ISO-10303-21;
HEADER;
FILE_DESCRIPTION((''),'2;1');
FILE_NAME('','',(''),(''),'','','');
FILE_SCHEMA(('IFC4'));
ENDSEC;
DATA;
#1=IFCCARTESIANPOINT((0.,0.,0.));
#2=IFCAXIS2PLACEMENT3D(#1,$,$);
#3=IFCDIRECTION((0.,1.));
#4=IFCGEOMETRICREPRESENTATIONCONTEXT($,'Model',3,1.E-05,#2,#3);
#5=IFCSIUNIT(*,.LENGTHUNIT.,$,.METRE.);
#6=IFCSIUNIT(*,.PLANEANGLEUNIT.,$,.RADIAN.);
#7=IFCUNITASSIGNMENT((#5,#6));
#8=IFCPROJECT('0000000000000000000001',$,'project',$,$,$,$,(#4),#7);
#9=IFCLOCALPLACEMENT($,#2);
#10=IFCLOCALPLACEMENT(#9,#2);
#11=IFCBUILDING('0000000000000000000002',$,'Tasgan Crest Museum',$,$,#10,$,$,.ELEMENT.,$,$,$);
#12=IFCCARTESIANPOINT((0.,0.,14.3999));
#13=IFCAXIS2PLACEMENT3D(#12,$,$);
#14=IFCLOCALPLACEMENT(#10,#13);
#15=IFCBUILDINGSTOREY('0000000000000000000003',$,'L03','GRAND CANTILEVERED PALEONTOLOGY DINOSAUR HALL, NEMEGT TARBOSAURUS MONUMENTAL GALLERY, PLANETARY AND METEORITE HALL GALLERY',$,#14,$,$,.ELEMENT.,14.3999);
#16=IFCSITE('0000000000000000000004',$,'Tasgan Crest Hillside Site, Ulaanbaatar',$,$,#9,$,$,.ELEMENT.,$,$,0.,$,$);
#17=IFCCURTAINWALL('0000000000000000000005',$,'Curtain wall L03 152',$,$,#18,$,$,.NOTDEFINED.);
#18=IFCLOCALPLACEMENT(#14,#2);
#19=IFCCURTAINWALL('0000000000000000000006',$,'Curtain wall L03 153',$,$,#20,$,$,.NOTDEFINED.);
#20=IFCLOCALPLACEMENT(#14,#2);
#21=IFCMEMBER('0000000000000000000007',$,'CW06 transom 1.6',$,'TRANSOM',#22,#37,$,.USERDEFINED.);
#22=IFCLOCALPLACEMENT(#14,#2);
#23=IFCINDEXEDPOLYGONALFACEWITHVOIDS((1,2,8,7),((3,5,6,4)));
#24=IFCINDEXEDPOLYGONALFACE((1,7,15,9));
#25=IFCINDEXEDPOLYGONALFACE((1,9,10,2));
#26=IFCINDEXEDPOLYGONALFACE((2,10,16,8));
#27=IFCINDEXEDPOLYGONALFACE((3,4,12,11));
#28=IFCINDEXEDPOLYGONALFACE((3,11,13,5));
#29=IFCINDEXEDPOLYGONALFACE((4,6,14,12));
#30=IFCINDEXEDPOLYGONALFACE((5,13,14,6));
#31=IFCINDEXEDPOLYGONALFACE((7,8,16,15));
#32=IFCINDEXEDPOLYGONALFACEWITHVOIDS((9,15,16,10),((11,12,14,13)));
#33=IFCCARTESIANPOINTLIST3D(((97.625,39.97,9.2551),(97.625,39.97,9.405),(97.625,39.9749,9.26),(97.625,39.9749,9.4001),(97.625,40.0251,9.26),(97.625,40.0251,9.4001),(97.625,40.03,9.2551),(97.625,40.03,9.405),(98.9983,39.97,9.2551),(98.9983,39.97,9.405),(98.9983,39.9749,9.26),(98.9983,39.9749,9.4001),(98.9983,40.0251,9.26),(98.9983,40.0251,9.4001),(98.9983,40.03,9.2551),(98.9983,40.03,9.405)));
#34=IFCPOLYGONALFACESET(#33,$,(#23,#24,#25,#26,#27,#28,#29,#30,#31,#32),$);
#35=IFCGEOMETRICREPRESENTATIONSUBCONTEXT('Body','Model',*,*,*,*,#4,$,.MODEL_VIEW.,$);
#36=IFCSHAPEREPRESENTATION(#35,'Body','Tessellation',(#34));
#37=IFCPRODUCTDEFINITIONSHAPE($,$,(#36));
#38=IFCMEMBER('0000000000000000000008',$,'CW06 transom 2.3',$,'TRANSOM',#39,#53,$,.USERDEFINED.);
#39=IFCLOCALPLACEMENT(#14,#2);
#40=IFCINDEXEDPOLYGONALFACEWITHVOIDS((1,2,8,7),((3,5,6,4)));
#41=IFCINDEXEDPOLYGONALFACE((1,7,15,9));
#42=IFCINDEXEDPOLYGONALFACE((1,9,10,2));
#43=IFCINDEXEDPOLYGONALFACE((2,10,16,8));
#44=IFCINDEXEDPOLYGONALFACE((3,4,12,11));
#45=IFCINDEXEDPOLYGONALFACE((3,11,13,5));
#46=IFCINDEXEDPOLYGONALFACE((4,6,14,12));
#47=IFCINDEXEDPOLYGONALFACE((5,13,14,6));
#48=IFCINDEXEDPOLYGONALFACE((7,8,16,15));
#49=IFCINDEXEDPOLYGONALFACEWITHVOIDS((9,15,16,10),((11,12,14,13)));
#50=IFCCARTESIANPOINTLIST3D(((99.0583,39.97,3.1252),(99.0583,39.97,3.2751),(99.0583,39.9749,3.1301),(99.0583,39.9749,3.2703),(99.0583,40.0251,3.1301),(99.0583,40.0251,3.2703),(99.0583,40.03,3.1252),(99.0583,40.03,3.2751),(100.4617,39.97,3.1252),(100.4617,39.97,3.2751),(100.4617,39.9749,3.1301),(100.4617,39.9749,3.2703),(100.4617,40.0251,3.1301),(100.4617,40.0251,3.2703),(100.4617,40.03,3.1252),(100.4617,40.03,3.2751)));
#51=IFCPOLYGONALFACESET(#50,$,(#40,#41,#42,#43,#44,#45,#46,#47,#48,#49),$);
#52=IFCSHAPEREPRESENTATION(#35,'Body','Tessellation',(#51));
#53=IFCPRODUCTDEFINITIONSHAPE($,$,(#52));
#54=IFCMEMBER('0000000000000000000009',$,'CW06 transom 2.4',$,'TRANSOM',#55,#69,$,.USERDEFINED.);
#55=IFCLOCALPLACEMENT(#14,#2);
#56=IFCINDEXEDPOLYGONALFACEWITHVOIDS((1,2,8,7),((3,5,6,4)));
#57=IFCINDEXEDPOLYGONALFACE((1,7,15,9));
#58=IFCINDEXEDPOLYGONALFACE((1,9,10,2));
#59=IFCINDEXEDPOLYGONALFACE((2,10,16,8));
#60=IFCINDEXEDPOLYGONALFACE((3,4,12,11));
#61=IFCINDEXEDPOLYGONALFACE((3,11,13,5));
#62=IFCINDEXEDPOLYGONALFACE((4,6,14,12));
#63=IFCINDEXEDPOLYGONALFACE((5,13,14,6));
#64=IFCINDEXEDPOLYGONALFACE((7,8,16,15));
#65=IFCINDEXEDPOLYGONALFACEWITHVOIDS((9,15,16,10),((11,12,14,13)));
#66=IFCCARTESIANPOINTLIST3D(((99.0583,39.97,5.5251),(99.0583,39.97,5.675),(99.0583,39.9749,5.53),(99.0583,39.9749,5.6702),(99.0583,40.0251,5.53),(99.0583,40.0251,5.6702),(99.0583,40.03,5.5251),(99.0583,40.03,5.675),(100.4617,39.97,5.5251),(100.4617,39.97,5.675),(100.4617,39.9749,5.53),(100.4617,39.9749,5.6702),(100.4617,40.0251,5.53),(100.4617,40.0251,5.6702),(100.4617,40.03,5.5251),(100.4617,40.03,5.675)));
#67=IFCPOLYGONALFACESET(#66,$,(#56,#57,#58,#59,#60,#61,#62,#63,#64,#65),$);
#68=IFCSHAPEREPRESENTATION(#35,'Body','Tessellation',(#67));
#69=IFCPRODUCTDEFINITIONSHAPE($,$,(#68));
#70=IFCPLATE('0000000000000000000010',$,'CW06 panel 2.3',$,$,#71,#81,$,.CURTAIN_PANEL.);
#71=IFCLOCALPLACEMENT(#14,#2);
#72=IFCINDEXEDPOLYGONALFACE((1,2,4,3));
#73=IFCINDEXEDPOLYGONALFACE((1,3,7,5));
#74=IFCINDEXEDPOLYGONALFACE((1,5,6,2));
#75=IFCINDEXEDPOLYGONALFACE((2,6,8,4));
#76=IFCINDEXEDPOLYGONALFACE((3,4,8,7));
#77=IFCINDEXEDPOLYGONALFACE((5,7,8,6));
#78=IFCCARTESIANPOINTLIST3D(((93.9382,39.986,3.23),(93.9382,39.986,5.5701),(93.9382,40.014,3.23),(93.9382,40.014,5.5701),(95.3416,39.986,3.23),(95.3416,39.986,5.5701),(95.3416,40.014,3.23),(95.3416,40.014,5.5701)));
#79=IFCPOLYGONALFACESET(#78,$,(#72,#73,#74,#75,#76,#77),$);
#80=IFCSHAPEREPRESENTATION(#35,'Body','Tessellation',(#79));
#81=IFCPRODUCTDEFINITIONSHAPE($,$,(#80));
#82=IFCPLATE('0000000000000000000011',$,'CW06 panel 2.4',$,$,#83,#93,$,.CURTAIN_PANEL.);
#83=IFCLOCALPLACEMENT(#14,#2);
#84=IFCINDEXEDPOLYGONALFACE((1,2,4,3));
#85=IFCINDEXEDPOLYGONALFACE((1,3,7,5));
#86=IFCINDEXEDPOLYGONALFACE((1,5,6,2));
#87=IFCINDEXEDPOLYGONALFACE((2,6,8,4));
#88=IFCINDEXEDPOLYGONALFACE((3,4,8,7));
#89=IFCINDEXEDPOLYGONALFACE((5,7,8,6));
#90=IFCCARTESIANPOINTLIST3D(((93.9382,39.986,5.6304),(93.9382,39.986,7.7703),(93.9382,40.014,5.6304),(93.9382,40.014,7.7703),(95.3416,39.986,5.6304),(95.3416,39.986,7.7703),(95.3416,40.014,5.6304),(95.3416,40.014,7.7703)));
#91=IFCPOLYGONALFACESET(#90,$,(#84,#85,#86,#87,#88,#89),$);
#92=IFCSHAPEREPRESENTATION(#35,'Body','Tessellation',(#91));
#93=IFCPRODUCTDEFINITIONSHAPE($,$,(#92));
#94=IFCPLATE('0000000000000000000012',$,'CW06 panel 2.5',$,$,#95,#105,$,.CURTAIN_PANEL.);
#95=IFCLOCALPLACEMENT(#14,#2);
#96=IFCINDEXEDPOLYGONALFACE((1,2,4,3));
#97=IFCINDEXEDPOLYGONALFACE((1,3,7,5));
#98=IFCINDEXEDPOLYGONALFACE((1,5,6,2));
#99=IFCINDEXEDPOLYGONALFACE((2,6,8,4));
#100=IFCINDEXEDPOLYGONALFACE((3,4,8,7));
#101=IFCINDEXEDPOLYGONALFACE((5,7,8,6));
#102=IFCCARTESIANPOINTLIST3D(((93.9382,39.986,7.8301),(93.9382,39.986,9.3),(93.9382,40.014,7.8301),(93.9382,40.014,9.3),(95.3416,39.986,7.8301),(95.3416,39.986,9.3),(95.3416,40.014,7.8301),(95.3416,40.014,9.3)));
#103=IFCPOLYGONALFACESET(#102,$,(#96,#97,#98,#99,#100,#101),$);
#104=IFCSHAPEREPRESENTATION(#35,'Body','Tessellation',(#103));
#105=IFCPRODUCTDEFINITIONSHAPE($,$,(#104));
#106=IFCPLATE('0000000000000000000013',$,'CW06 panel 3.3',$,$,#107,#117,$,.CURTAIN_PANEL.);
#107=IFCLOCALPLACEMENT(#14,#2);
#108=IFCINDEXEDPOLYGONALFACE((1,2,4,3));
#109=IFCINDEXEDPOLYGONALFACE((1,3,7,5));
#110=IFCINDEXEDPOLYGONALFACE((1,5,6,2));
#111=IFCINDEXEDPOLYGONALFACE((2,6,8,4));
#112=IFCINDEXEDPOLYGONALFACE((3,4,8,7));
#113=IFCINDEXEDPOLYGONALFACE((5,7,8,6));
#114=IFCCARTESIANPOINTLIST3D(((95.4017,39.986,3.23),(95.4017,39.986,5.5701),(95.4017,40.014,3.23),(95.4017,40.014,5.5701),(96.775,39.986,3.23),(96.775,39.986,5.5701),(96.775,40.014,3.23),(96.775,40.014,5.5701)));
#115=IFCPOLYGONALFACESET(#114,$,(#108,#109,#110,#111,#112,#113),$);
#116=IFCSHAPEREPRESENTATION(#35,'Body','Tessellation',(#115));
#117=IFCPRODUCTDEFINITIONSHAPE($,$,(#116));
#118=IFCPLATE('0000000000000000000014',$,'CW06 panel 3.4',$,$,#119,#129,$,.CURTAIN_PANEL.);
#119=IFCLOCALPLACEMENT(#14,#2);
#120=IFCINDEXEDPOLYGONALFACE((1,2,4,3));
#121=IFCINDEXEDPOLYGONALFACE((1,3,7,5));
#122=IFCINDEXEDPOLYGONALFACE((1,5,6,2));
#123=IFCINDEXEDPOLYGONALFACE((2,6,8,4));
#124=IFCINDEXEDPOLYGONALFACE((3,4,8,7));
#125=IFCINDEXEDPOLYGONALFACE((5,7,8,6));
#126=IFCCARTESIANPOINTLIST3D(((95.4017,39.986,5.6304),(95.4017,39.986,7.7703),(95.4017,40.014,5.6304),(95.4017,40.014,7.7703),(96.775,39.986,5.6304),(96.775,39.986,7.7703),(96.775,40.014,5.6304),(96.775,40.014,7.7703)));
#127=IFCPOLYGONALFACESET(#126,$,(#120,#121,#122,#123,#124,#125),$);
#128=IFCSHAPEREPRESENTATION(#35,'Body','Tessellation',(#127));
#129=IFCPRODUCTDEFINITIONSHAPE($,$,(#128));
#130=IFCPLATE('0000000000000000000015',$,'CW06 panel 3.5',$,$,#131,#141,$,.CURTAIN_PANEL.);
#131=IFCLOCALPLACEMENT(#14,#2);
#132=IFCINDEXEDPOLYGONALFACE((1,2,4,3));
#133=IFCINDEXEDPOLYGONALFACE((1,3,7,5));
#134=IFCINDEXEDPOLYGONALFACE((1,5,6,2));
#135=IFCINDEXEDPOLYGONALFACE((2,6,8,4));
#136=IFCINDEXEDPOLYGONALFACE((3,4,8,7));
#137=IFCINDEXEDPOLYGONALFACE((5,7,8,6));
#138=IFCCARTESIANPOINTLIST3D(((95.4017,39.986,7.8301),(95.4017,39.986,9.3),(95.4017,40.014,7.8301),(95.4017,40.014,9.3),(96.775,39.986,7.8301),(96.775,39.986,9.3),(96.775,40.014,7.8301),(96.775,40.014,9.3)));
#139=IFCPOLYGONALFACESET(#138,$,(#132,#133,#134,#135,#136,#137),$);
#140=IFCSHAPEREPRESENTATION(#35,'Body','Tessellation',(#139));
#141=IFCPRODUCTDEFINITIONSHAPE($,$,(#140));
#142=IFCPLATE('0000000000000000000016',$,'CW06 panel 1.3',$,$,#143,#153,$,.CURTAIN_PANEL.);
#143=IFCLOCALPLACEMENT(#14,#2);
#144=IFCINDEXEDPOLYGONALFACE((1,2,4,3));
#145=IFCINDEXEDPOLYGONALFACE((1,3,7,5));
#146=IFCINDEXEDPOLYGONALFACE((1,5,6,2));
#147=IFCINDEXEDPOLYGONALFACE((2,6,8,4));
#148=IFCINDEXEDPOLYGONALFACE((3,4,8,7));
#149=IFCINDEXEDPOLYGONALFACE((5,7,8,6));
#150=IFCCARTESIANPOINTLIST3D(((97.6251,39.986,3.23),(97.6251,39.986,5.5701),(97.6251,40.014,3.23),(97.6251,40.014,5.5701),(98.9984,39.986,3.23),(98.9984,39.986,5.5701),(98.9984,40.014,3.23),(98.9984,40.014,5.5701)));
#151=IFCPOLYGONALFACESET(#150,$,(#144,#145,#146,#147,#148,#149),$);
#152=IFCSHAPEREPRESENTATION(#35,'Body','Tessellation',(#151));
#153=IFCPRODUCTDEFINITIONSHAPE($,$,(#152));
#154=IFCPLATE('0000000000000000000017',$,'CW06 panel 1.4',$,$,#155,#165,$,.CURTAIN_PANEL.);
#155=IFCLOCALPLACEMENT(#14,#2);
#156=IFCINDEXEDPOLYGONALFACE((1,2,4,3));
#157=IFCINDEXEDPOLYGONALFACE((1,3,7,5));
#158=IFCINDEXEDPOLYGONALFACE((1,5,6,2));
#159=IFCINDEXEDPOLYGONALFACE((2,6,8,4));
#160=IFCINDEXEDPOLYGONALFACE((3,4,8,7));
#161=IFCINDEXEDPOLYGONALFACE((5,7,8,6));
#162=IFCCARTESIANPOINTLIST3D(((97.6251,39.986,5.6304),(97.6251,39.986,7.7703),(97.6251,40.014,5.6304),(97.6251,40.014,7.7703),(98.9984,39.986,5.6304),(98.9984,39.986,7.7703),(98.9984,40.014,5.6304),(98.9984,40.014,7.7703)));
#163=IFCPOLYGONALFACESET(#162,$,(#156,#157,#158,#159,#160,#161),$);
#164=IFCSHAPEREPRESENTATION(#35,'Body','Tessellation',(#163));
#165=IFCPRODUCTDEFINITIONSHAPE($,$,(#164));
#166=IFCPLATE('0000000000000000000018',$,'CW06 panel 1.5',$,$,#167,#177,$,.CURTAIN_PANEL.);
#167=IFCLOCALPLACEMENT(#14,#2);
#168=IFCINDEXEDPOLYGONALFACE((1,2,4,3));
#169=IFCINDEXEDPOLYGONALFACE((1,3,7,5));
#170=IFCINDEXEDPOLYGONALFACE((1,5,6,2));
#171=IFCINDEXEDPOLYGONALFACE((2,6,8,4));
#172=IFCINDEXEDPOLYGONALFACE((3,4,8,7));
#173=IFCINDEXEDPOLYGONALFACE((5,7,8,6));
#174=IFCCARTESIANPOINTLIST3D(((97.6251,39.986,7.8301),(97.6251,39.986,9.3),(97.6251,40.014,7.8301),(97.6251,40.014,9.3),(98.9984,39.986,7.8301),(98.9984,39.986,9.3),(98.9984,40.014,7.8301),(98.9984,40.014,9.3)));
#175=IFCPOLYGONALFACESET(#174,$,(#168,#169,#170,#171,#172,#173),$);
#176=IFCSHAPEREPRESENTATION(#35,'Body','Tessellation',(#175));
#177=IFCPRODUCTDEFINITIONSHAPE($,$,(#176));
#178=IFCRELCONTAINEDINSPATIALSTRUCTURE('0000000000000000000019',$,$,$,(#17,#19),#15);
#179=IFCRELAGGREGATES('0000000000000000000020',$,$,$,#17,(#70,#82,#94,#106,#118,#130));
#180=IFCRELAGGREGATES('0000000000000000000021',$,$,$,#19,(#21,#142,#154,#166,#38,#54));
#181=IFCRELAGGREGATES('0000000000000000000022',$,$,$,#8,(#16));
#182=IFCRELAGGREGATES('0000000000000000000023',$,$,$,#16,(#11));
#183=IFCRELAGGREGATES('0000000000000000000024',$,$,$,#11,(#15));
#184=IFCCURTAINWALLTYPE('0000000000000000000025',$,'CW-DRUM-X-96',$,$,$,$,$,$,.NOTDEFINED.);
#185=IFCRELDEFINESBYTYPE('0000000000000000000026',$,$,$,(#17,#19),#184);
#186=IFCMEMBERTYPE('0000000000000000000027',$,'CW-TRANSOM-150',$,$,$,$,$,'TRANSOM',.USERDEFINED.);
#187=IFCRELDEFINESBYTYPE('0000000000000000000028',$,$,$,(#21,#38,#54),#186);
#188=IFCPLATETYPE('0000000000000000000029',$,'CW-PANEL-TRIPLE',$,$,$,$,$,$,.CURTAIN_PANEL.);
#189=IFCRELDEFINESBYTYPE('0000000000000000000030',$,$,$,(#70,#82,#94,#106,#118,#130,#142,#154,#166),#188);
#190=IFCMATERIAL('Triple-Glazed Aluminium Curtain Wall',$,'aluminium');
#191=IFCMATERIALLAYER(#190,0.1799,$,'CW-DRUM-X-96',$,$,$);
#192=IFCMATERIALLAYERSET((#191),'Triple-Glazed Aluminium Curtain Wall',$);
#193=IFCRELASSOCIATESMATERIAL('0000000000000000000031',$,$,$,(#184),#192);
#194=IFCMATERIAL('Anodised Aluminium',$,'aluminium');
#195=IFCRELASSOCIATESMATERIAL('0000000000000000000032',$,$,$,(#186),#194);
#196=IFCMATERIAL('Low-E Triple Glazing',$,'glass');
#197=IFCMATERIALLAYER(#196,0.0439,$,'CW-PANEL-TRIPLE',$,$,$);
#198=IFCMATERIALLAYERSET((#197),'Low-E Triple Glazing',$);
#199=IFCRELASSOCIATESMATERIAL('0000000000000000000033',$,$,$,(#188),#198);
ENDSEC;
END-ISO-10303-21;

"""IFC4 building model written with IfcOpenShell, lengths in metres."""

from ifc_helpers import new_model, si_unit, direction, frame, origin, origin_2d, place, context, subcontext, project, spatial, rectangle, hollow_rectangle, extrude, material, layer, layer_set, material_profile, profile_set, type_object, element, aggregate, save


model = new_model("IFC4")

# Units and contexts
model_context = context("Model", 3, precision=1e-05, world=origin(), true_north=direction((0.0, 1.0)))
body_context = subcontext(model_context, "Body", "Model", "MODEL_VIEW")
ifc_project = project(units=[si_unit("LENGTHUNIT", "METRE"), si_unit("PLANEANGLEUNIT", "RADIAN")], contexts=[model_context])

# Site, building, storey
site_placement = place(None, origin())
site = spatial("IfcSite", under=ifc_project, at=site_placement, Name="Tasgan Crest Hillside Site, Ulaanbaatar", CompositionType="ELEMENT", RefElevation=0.0)
building_placement = place(site_placement, origin())
building = spatial("IfcBuilding", under=site, at=building_placement, Name="Tasgan Crest Museum", CompositionType="ELEMENT")
storey_placement = place(building_placement, frame((0.0, 0.0, 14.3999)))
storey = spatial("IfcBuildingStorey", under=building, at=storey_placement, Name="L03", Description="GRAND CANTILEVERED PALEONTOLOGY DINOSAUR HALL, NEMEGT TARBOSAURUS MONUMENTAL GALLERY, PLANETARY AND METEORITE HALL GALLERY", CompositionType="ELEMENT", Elevation=14.3999)

# Curtain walls, members
ifc_material_1 = material(Name="Triple-Glazed Aluminium Curtain Wall", Category="aluminium")
ifc_layer_1 = layer(ifc_material_1, 0.1799, Name="CW-DRUM-X-96")
ifc_layer_set_1 = layer_set([ifc_layer_1], Name="Triple-Glazed Aluminium Curtain Wall")
curtain_wall_type = type_object("IfcCurtainWallType", Name="CW-DRUM-X-96", PredefinedType="NOTDEFINED", material=ifc_layer_set_1)
curtain_wall_1_placement = place(storey_placement, origin())
curtain_wall_1 = element("IfcCurtainWall", 1, at=curtain_wall_1_placement, inside=storey, type_object=curtain_wall_type, Name="Curtain wall L03 152", PredefinedType="NOTDEFINED")
ifc_material_2 = material(Name="Anodised Aluminium", Category="aluminium")
ifc_material_profile = material_profile(ifc_material_2, hollow_rectangle(XDim=0.0601, YDim=0.1499, WallThickness=0.0049, at=origin_2d()), Name="ALU TRANSOM 150x60x5")
ifc_profile_set = profile_set([ifc_material_profile], Name="Anodised Aluminium")
member_type = type_object("IfcMemberType", Name="CW-TRANSOM-150", ElementType="TRANSOM", PredefinedType="USERDEFINED", material=ifc_profile_set)
curtain_wall_2_placement = place(storey_placement, origin())
curtain_wall_2 = element("IfcCurtainWall", 2, at=curtain_wall_2_placement, inside=storey, type_object=curtain_wall_type, Name="Curtain wall L03 153", PredefinedType="NOTDEFINED")
member_1_placement = place(storey_placement, frame((97.625, 40.0, 9.3301), z_axis=(1.0, 0.0, 0.0), x_axis=(0.0, 1.0, 0.0)))
member_1 = element("IfcMember", 3, at=member_1_placement, type_object=member_type, Name="CW06 transom 1.6", ObjectType="TRANSOM", PredefinedType="USERDEFINED", context=body_context, shape_type="SweptSolid", body=[
    extrude(hollow_rectangle(XDim=0.0601, YDim=0.1499, WallThickness=0.0049, at=origin_2d()), origin(), (0.0, 0.0, 1.0), 1.3733),
])
member_2_placement = place(storey_placement, frame((99.0583, 40.0, 3.2002), z_axis=(1.0, 0.0, 0.0), x_axis=(0.0, 1.0, 0.0)))
member_2 = element("IfcMember", 4, at=member_2_placement, type_object=member_type, Name="CW06 transom 2.3", ObjectType="TRANSOM", PredefinedType="USERDEFINED", context=body_context, shape_type="SweptSolid", body=[
    extrude(hollow_rectangle(XDim=0.0601, YDim=0.1499, WallThickness=0.0049, at=origin_2d()), origin(), (0.0, 0.0, 1.0), 1.4033),
])
member_3_placement = place(storey_placement, frame((99.0583, 40.0, 5.6001), z_axis=(1.0, 0.0, 0.0), x_axis=(0.0, 1.0, 0.0)))
member_3 = element("IfcMember", 5, at=member_3_placement, type_object=member_type, Name="CW06 transom 2.4", ObjectType="TRANSOM", PredefinedType="USERDEFINED", context=body_context, shape_type="SweptSolid", body=[
    extrude(hollow_rectangle(XDim=0.0601, YDim=0.1499, WallThickness=0.0049, at=origin_2d()), origin(), (0.0, 0.0, 1.0), 1.4033),
])

# Plates
ifc_material_3 = material(Name="Low-E Triple Glazing", Category="glass")
ifc_layer_2 = layer(ifc_material_3, 0.0439, Name="CW-PANEL-TRIPLE")
ifc_layer_set_2 = layer_set([ifc_layer_2], Name="Low-E Triple Glazing")
plate_type = type_object("IfcPlateType", Name="CW-PANEL-TRIPLE", PredefinedType="CURTAIN_PANEL", material=ifc_layer_set_2)
plate_1_placement = place(storey_placement, frame((94.6399, 40.0, 3.23), z_axis=(0.0, 0.0, 1.0), x_axis=(1.0, 0.0, 0.0)))
plate_1 = element("IfcPlate", 6, at=plate_1_placement, type_object=plate_type, Name="CW06 panel 2.3", PredefinedType="CURTAIN_PANEL", context=body_context, shape_type="SweptSolid", body=[
    extrude(rectangle(XDim=1.4033, YDim=0.0281, at=origin_2d()), origin(), (0.0, 0.0, 1.0), 2.3401),
])
plate_2_placement = place(storey_placement, frame((94.6399, 40.0, 5.6304), z_axis=(0.0, 0.0, 1.0), x_axis=(1.0, 0.0, 0.0)))
plate_2 = element("IfcPlate", 7, at=plate_2_placement, type_object=plate_type, Name="CW06 panel 2.4", PredefinedType="CURTAIN_PANEL", context=body_context, shape_type="SweptSolid", body=[
    extrude(rectangle(XDim=1.4033, YDim=0.0281, at=origin_2d()), origin(), (0.0, 0.0, 1.0), 2.1399),
])
plate_3_placement = place(storey_placement, frame((94.6399, 40.0, 7.8301), z_axis=(0.0, 0.0, 1.0), x_axis=(1.0, 0.0, 0.0)))
plate_3 = element("IfcPlate", 8, at=plate_3_placement, type_object=plate_type, Name="CW06 panel 2.5", PredefinedType="CURTAIN_PANEL", context=body_context, shape_type="SweptSolid", body=[
    extrude(rectangle(XDim=1.4033, YDim=0.0281, at=origin_2d()), origin(), (0.0, 0.0, 1.0), 1.47),
])
plate_4_placement = place(storey_placement, frame((96.0884, 40.0, 3.23), z_axis=(0.0, 0.0, 1.0), x_axis=(1.0, 0.0, 0.0)))
plate_4 = element("IfcPlate", 9, at=plate_4_placement, type_object=plate_type, Name="CW06 panel 3.3", PredefinedType="CURTAIN_PANEL", context=body_context, shape_type="SweptSolid", body=[
    extrude(rectangle(XDim=1.3733, YDim=0.0281, at=origin_2d()), origin(), (0.0, 0.0, 1.0), 2.3401),
])
plate_5_placement = place(storey_placement, frame((96.0884, 40.0, 5.6304), z_axis=(0.0, 0.0, 1.0), x_axis=(1.0, 0.0, 0.0)))
plate_5 = element("IfcPlate", 10, at=plate_5_placement, type_object=plate_type, Name="CW06 panel 3.4", PredefinedType="CURTAIN_PANEL", context=body_context, shape_type="SweptSolid", body=[
    extrude(rectangle(XDim=1.3733, YDim=0.0281, at=origin_2d()), origin(), (0.0, 0.0, 1.0), 2.1399),
])
plate_6_placement = place(storey_placement, frame((96.0884, 40.0, 7.8301), z_axis=(0.0, 0.0, 1.0), x_axis=(1.0, 0.0, 0.0)))
plate_6 = element("IfcPlate", 11, at=plate_6_placement, type_object=plate_type, Name="CW06 panel 3.5", PredefinedType="CURTAIN_PANEL", context=body_context, shape_type="SweptSolid", body=[
    extrude(rectangle(XDim=1.3733, YDim=0.0281, at=origin_2d()), origin(), (0.0, 0.0, 1.0), 1.47),
])
aggregate(curtain_wall_1, [plate_1, plate_2, plate_3, plate_4, plate_5, plate_6])
plate_7_placement = place(storey_placement, frame((98.3118, 40.0, 3.23), z_axis=(0.0, 0.0, 1.0), x_axis=(1.0, 0.0, 0.0)))
plate_7 = element("IfcPlate", 12, at=plate_7_placement, type_object=plate_type, Name="CW06 panel 1.3", PredefinedType="CURTAIN_PANEL", context=body_context, shape_type="SweptSolid", body=[
    extrude(rectangle(XDim=1.3733, YDim=0.0281, at=origin_2d()), origin(), (0.0, 0.0, 1.0), 2.3401),
])
plate_8_placement = place(storey_placement, frame((98.3118, 40.0, 5.6304), z_axis=(0.0, 0.0, 1.0), x_axis=(1.0, 0.0, 0.0)))
plate_8 = element("IfcPlate", 13, at=plate_8_placement, type_object=plate_type, Name="CW06 panel 1.4", PredefinedType="CURTAIN_PANEL", context=body_context, shape_type="SweptSolid", body=[
    extrude(rectangle(XDim=1.3733, YDim=0.0281, at=origin_2d()), origin(), (0.0, 0.0, 1.0), 2.1399),
])
plate_9_placement = place(storey_placement, frame((98.3118, 40.0, 7.8301), z_axis=(0.0, 0.0, 1.0), x_axis=(1.0, 0.0, 0.0)))
plate_9 = element("IfcPlate", 14, at=plate_9_placement, type_object=plate_type, Name="CW06 panel 1.5", PredefinedType="CURTAIN_PANEL", context=body_context, shape_type="SweptSolid", body=[
    extrude(rectangle(XDim=1.3733, YDim=0.0281, at=origin_2d()), origin(), (0.0, 0.0, 1.0), 1.47),
])
aggregate(curtain_wall_2, [member_1, plate_7, plate_8, plate_9, member_2, member_3])

save(model, "model.ifc")
